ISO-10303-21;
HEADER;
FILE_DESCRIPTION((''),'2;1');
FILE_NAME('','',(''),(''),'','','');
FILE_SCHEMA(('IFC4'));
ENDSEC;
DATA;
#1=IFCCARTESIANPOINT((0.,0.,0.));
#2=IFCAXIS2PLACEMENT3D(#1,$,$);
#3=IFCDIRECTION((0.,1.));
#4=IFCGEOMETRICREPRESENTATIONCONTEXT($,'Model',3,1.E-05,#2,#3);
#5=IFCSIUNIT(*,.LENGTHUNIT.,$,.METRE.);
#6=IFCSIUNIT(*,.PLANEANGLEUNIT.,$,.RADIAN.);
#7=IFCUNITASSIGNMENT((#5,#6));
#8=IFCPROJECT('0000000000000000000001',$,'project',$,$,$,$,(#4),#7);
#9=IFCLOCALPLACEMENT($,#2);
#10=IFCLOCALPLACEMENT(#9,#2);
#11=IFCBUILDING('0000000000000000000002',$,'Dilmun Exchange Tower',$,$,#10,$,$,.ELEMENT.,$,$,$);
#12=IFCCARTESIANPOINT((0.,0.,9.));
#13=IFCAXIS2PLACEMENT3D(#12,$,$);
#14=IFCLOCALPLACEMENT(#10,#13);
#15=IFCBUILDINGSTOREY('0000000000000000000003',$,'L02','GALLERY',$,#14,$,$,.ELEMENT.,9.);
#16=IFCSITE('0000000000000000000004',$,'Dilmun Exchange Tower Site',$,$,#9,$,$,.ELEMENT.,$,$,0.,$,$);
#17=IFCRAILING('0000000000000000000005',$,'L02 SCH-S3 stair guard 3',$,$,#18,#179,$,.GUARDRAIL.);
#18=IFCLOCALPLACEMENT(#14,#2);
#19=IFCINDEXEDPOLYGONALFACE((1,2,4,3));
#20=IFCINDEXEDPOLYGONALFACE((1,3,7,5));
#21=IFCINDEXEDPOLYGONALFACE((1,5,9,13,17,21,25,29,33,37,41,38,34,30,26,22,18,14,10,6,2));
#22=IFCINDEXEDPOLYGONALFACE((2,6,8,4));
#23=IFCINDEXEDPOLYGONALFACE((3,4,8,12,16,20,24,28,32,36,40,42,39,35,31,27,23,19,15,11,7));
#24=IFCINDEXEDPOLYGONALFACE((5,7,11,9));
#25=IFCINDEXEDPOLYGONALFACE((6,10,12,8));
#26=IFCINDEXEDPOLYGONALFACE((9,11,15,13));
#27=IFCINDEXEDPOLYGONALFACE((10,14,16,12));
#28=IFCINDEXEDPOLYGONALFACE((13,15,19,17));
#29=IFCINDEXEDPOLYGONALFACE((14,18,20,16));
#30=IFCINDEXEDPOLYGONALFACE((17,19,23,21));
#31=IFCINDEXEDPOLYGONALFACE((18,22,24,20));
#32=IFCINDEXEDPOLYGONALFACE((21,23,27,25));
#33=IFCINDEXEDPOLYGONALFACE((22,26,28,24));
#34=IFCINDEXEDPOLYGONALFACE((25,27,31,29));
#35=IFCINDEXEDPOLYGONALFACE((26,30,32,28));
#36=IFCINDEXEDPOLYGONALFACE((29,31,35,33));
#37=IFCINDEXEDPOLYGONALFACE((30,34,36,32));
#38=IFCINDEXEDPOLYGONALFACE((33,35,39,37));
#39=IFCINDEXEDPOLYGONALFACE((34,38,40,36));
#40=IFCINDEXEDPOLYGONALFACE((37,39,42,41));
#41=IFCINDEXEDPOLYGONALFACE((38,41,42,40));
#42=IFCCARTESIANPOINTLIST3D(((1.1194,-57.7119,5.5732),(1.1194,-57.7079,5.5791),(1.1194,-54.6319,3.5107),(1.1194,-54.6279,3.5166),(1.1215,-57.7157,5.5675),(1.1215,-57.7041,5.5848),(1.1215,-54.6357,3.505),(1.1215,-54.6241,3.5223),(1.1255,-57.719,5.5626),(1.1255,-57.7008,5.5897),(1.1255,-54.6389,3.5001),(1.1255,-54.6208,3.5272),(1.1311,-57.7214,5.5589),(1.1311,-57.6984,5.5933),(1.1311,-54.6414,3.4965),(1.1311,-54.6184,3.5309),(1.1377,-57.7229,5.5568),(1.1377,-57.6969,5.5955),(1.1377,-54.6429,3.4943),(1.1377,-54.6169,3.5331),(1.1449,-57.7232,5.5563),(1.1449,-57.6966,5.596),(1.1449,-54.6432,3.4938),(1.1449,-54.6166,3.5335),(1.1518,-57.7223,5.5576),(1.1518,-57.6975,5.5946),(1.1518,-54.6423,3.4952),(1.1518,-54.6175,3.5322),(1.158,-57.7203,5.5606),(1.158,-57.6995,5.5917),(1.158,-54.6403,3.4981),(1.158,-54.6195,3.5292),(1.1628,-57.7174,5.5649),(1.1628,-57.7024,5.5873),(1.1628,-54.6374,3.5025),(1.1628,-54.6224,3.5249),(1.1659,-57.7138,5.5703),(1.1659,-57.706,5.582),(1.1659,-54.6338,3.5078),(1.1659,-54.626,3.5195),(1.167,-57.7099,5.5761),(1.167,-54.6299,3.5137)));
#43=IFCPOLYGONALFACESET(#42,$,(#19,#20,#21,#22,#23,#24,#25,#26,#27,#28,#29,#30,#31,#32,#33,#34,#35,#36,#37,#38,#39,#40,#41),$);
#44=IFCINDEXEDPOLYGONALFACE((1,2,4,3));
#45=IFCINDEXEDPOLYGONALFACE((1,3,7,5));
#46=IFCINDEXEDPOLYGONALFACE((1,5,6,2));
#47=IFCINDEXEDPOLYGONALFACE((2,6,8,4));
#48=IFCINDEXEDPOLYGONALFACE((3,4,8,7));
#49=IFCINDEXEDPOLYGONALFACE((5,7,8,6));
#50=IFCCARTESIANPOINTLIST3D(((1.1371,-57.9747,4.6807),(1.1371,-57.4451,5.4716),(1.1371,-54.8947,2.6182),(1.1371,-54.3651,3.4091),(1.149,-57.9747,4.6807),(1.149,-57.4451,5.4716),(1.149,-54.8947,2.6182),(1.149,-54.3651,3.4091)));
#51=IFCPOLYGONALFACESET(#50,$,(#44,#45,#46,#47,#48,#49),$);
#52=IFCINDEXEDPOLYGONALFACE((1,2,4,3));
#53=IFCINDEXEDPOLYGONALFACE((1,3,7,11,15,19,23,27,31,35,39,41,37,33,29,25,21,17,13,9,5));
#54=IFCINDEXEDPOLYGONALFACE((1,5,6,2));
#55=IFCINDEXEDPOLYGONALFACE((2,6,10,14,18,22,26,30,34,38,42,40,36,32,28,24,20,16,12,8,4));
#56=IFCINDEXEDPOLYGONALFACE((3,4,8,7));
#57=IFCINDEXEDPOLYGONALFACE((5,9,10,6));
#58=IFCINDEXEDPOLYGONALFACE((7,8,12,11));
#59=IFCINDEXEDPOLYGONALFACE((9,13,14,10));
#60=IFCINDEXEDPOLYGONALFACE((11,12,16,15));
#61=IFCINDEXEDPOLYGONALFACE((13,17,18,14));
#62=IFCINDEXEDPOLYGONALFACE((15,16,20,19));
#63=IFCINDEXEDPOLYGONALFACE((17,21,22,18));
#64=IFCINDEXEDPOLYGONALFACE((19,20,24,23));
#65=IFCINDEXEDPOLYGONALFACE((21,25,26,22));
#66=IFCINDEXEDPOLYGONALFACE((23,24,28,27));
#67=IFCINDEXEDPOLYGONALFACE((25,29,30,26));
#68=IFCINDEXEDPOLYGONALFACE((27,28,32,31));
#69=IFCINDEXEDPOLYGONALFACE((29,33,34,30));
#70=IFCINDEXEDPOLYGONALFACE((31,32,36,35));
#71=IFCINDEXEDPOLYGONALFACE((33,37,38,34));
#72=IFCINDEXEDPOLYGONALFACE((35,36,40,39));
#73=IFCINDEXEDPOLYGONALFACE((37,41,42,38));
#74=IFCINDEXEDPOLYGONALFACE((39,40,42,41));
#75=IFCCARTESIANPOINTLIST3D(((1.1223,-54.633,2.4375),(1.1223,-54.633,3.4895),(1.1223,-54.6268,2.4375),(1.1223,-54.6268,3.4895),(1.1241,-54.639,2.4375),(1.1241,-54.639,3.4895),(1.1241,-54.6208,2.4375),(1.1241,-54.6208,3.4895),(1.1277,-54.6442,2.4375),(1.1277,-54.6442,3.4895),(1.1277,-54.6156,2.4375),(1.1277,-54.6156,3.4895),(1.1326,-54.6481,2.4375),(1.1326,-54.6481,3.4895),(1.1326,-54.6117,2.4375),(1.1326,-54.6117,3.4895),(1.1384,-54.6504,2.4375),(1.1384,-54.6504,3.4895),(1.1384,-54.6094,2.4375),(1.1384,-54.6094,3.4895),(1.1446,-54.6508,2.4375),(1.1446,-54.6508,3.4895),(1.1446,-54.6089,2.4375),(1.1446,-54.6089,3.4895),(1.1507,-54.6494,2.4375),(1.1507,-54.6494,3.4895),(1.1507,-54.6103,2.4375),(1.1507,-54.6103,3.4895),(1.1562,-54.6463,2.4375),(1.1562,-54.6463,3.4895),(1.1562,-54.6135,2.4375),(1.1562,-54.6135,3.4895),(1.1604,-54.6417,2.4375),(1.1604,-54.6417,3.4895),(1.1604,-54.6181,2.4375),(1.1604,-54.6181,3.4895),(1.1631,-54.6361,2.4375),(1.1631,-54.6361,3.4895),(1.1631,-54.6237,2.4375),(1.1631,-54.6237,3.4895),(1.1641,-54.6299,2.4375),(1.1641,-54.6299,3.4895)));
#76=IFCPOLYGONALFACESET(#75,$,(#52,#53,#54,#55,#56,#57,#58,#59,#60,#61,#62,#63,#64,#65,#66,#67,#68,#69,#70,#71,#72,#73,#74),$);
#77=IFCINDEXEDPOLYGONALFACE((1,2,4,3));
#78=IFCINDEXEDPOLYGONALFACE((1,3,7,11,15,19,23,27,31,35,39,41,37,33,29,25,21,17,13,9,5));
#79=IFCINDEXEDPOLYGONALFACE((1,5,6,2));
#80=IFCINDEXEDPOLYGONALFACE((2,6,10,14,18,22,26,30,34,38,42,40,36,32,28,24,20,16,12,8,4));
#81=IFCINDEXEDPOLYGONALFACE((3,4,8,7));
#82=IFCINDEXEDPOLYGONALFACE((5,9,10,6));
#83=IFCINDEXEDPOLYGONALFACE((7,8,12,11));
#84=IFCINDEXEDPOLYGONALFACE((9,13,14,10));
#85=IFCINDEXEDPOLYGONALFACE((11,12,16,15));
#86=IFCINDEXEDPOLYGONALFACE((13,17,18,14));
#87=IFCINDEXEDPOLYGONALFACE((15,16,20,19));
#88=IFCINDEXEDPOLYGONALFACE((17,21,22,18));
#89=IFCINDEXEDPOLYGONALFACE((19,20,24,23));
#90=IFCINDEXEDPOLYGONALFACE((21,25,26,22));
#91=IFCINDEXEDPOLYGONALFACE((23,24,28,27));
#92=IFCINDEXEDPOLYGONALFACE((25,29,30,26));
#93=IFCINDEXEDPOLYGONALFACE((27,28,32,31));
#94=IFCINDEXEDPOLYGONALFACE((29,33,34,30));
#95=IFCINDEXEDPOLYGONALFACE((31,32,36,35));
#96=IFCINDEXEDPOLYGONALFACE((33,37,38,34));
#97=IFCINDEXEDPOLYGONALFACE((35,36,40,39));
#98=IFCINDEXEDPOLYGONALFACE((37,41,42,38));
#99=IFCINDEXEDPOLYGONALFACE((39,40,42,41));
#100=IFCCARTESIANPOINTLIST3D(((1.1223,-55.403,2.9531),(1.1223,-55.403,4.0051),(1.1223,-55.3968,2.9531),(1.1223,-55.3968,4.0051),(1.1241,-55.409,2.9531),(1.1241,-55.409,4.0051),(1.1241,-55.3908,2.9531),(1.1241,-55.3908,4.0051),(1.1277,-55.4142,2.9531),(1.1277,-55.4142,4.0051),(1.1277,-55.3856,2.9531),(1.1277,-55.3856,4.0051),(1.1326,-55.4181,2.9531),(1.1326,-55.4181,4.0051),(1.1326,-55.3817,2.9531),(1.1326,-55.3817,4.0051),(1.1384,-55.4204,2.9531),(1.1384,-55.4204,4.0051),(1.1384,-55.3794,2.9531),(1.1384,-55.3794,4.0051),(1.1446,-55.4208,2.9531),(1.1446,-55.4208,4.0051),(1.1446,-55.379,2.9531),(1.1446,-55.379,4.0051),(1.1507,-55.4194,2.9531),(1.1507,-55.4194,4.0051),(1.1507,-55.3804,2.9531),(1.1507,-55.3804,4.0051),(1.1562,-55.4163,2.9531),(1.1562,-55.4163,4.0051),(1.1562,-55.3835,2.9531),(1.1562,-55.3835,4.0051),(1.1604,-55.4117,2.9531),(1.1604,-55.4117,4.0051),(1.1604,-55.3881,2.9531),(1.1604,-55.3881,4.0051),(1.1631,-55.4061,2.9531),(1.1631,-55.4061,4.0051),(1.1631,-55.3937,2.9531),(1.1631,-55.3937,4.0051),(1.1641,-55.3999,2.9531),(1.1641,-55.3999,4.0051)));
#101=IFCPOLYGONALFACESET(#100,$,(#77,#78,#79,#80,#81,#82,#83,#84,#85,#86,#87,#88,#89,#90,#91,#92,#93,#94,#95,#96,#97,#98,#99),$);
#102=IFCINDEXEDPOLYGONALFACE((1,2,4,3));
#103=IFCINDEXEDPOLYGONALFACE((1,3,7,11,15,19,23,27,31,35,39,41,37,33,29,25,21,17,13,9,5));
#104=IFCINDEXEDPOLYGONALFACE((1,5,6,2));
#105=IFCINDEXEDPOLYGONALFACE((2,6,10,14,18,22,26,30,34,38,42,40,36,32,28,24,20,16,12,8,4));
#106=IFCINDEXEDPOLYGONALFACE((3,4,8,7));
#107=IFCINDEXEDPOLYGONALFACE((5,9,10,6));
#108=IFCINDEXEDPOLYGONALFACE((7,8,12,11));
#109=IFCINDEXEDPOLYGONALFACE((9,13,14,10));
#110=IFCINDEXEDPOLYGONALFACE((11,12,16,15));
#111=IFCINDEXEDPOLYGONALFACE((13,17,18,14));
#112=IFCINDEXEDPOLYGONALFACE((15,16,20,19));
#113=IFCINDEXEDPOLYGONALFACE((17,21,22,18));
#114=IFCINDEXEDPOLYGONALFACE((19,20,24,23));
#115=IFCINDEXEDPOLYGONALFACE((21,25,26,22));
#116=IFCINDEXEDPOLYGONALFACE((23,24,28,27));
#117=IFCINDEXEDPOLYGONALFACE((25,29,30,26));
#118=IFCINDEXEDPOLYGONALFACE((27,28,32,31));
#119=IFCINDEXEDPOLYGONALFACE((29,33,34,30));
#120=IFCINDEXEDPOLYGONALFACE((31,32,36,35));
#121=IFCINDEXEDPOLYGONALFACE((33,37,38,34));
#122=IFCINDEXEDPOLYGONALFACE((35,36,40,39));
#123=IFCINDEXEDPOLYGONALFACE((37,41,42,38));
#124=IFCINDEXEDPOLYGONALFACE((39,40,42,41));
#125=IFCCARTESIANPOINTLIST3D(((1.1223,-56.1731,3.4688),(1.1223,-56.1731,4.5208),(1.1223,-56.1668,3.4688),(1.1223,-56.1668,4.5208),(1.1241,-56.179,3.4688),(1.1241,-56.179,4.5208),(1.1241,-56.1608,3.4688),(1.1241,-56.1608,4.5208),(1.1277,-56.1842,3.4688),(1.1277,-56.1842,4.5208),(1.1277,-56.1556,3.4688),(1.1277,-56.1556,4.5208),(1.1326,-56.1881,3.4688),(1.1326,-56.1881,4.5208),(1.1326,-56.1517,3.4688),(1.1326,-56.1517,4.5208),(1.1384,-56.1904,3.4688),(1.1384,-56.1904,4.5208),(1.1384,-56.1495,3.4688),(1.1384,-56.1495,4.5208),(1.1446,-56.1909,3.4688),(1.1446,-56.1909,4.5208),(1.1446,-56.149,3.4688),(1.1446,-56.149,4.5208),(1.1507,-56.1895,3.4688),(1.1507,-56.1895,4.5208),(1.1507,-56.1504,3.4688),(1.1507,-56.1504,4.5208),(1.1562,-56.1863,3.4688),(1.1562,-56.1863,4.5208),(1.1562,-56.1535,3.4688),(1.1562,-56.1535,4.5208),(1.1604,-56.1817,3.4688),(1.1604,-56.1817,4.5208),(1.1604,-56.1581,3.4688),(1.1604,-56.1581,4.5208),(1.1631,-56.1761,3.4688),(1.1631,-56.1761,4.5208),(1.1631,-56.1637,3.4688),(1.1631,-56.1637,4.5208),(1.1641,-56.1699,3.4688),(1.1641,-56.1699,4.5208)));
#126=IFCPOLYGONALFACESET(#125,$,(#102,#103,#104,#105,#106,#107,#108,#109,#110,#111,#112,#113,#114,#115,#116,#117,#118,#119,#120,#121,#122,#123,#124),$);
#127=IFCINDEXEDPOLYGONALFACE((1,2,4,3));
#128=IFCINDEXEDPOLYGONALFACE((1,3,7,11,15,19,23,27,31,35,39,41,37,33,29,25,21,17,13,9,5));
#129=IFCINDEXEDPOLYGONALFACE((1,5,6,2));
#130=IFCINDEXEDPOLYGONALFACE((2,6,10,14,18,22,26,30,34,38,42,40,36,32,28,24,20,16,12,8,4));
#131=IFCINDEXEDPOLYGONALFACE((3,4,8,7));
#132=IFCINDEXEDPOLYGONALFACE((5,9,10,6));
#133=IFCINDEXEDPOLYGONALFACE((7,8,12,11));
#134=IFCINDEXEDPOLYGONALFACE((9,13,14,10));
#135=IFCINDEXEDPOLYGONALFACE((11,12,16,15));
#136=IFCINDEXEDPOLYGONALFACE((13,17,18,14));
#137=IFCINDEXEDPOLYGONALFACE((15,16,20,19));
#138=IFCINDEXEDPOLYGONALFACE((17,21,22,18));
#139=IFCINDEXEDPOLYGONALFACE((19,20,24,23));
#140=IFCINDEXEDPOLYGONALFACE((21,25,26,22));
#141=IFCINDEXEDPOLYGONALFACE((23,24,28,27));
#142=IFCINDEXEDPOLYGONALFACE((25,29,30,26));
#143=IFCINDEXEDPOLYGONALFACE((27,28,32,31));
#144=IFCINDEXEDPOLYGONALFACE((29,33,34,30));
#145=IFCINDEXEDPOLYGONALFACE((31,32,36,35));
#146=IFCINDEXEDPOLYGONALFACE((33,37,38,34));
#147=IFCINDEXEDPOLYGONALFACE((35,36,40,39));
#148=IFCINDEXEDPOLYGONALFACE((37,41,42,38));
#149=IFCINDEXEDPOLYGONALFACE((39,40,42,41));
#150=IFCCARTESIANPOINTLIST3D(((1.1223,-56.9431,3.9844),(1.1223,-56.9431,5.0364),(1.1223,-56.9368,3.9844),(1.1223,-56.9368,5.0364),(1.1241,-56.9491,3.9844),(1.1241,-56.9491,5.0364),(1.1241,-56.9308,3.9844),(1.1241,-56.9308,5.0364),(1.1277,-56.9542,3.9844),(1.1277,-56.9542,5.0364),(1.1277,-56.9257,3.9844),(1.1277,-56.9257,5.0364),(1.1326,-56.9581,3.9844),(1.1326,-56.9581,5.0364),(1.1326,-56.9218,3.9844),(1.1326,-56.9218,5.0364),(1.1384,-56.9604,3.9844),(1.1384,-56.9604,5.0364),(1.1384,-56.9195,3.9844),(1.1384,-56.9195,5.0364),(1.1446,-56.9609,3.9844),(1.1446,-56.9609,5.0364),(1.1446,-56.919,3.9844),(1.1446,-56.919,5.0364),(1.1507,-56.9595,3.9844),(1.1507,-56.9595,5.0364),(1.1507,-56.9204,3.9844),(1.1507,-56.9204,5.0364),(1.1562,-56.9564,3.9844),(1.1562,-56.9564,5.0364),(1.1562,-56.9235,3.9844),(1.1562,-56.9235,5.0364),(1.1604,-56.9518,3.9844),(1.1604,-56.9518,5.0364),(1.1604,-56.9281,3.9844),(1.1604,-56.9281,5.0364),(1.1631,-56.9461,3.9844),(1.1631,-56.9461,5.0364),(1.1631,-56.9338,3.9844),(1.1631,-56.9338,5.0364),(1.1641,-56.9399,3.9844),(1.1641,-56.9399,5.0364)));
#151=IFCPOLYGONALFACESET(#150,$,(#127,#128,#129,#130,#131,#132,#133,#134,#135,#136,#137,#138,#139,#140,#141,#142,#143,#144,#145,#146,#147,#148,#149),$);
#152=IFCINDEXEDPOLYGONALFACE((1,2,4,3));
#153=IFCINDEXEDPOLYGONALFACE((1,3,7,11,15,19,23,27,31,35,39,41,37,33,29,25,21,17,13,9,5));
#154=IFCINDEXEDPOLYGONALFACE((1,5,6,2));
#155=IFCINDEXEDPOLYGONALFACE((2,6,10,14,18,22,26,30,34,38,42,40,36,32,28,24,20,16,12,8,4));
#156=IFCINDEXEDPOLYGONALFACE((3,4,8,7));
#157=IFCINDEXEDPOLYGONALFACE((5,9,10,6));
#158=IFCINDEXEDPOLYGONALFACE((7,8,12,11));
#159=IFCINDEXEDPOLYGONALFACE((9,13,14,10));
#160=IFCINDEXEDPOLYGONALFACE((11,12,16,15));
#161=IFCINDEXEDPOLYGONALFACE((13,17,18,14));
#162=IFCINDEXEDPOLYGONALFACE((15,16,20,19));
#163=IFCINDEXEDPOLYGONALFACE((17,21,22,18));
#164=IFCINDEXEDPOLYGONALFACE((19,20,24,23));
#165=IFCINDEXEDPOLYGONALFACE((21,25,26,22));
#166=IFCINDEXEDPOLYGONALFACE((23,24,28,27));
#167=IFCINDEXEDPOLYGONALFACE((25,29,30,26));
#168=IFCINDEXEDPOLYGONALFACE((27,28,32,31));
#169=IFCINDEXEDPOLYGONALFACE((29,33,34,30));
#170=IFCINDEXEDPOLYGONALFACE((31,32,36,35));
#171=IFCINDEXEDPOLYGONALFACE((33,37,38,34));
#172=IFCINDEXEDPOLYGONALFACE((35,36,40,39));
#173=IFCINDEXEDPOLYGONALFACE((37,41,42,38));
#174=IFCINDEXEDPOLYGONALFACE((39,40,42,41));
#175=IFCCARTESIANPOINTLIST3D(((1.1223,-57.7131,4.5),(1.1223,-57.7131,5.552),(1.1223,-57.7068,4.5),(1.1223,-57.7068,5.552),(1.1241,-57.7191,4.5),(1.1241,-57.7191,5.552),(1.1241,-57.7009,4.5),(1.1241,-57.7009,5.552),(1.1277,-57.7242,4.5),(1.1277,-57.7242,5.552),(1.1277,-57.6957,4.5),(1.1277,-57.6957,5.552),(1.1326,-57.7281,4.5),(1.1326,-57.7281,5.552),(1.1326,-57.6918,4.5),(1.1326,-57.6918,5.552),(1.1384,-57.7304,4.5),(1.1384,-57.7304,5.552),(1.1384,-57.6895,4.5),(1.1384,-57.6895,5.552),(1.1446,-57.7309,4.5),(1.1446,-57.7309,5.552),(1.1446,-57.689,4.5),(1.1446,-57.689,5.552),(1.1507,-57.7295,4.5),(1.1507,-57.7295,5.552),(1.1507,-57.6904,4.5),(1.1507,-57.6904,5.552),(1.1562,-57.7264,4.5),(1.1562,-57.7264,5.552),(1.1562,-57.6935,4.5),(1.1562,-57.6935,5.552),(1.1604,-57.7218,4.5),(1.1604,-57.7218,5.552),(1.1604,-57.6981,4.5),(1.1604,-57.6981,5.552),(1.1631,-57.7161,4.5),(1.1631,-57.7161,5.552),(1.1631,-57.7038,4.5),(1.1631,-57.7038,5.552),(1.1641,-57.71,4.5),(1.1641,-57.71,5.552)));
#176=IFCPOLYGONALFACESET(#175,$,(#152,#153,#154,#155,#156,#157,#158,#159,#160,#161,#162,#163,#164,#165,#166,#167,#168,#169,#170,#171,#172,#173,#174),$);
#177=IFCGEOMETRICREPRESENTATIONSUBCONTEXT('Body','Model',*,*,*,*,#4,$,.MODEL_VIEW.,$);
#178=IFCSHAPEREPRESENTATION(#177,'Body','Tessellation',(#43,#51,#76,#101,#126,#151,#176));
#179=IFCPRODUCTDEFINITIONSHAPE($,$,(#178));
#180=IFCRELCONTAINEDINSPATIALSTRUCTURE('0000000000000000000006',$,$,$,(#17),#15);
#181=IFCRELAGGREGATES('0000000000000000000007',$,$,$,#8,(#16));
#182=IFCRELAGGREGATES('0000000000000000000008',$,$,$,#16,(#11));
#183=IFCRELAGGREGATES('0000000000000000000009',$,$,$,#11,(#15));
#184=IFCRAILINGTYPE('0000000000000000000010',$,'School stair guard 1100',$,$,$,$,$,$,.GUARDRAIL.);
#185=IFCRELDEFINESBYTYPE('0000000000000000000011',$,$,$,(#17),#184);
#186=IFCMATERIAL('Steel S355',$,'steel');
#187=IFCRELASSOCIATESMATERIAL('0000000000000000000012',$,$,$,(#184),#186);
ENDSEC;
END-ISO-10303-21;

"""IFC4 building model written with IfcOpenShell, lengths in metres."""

from ifc_helpers import new_model, si_unit, direction, frame, origin, origin_2d, place, context, subcontext, project, spatial, rectangle, circle, extrude, material, type_object, element, save


model = new_model("IFC4")

# Units and contexts
model_context = context("Model", 3, precision=1e-05, world=origin(), true_north=direction((0.0, 1.0)))
body_context = subcontext(model_context, "Body", "Model", "MODEL_VIEW")
ifc_project = project(units=[si_unit("LENGTHUNIT", "METRE"), si_unit("PLANEANGLEUNIT", "RADIAN")], contexts=[model_context])

# Site, building, storey
site_placement = place(None, origin())
site = spatial("IfcSite", under=ifc_project, at=site_placement, Name="Dilmun Exchange Tower Site", CompositionType="ELEMENT", RefElevation=0.0)
building_placement = place(site_placement, origin())
building = spatial("IfcBuilding", under=site, at=building_placement, Name="Dilmun Exchange Tower", CompositionType="ELEMENT")
storey_placement = place(building_placement, frame((0.0, 0.0, 9.0)))
storey = spatial("IfcBuildingStorey", under=building, at=storey_placement, Name="L02", Description="GALLERY", CompositionType="ELEMENT", Elevation=9.0)

# Railing
ifc_material_1 = material(Name="Steel S355", Category="steel")
railing_type_1 = type_object("IfcRailingType", Name="School stair guard 1100", PredefinedType="GUARDRAIL", material=ifc_material_1)
railing_1_placement = place(storey_placement, frame((1.1431, -54.6299, 2.4375)))
element("IfcRailing", 1, at=railing_1_placement, inside=storey, type_object=railing_type_1, Name="L02 SCH-S3 stair guard 3", PredefinedType="GUARDRAIL", context=body_context, shape_type="SweptSolid", body=[
    extrude(circle(Radius=0.0239, at=origin_2d()), frame((0.0, 0.0, 1.0762), z_axis=(0.0, -0.830914, 0.556401), x_axis=(1.0, 0.0, 0.0)), (0.0, 0.0, 1.0), 3.7068),
    extrude(rectangle(XDim=0.012, YDim=0.9519, at=origin_2d()), frame((0.0, 0.0, 0.5762), z_axis=(0.0, -0.830914, 0.556401), x_axis=(1.0, 0.0, 0.0)), (0.0, 0.0, 1.0), 3.7068),
    extrude(circle(Radius=0.021, at=origin_2d()), origin(), (0.0, 0.0, 1.0), 1.052),
    extrude(circle(Radius=0.021, at=origin_2d()), frame((0.0, -0.77, 0.5156)), (0.0, 0.0, 1.0), 1.052),
    extrude(circle(Radius=0.021, at=origin_2d()), frame((0.0, -1.54, 1.0312)), (0.0, 0.0, 1.0), 1.052),
    extrude(circle(Radius=0.021, at=origin_2d()), frame((0.0, -2.3101, 1.5469)), (0.0, 0.0, 1.0), 1.052),
    extrude(circle(Radius=0.021, at=origin_2d()), frame((0.0, -3.0801, 2.0625)), (0.0, 0.0, 1.0), 1.052),
])

save(model, "model.ifc")
